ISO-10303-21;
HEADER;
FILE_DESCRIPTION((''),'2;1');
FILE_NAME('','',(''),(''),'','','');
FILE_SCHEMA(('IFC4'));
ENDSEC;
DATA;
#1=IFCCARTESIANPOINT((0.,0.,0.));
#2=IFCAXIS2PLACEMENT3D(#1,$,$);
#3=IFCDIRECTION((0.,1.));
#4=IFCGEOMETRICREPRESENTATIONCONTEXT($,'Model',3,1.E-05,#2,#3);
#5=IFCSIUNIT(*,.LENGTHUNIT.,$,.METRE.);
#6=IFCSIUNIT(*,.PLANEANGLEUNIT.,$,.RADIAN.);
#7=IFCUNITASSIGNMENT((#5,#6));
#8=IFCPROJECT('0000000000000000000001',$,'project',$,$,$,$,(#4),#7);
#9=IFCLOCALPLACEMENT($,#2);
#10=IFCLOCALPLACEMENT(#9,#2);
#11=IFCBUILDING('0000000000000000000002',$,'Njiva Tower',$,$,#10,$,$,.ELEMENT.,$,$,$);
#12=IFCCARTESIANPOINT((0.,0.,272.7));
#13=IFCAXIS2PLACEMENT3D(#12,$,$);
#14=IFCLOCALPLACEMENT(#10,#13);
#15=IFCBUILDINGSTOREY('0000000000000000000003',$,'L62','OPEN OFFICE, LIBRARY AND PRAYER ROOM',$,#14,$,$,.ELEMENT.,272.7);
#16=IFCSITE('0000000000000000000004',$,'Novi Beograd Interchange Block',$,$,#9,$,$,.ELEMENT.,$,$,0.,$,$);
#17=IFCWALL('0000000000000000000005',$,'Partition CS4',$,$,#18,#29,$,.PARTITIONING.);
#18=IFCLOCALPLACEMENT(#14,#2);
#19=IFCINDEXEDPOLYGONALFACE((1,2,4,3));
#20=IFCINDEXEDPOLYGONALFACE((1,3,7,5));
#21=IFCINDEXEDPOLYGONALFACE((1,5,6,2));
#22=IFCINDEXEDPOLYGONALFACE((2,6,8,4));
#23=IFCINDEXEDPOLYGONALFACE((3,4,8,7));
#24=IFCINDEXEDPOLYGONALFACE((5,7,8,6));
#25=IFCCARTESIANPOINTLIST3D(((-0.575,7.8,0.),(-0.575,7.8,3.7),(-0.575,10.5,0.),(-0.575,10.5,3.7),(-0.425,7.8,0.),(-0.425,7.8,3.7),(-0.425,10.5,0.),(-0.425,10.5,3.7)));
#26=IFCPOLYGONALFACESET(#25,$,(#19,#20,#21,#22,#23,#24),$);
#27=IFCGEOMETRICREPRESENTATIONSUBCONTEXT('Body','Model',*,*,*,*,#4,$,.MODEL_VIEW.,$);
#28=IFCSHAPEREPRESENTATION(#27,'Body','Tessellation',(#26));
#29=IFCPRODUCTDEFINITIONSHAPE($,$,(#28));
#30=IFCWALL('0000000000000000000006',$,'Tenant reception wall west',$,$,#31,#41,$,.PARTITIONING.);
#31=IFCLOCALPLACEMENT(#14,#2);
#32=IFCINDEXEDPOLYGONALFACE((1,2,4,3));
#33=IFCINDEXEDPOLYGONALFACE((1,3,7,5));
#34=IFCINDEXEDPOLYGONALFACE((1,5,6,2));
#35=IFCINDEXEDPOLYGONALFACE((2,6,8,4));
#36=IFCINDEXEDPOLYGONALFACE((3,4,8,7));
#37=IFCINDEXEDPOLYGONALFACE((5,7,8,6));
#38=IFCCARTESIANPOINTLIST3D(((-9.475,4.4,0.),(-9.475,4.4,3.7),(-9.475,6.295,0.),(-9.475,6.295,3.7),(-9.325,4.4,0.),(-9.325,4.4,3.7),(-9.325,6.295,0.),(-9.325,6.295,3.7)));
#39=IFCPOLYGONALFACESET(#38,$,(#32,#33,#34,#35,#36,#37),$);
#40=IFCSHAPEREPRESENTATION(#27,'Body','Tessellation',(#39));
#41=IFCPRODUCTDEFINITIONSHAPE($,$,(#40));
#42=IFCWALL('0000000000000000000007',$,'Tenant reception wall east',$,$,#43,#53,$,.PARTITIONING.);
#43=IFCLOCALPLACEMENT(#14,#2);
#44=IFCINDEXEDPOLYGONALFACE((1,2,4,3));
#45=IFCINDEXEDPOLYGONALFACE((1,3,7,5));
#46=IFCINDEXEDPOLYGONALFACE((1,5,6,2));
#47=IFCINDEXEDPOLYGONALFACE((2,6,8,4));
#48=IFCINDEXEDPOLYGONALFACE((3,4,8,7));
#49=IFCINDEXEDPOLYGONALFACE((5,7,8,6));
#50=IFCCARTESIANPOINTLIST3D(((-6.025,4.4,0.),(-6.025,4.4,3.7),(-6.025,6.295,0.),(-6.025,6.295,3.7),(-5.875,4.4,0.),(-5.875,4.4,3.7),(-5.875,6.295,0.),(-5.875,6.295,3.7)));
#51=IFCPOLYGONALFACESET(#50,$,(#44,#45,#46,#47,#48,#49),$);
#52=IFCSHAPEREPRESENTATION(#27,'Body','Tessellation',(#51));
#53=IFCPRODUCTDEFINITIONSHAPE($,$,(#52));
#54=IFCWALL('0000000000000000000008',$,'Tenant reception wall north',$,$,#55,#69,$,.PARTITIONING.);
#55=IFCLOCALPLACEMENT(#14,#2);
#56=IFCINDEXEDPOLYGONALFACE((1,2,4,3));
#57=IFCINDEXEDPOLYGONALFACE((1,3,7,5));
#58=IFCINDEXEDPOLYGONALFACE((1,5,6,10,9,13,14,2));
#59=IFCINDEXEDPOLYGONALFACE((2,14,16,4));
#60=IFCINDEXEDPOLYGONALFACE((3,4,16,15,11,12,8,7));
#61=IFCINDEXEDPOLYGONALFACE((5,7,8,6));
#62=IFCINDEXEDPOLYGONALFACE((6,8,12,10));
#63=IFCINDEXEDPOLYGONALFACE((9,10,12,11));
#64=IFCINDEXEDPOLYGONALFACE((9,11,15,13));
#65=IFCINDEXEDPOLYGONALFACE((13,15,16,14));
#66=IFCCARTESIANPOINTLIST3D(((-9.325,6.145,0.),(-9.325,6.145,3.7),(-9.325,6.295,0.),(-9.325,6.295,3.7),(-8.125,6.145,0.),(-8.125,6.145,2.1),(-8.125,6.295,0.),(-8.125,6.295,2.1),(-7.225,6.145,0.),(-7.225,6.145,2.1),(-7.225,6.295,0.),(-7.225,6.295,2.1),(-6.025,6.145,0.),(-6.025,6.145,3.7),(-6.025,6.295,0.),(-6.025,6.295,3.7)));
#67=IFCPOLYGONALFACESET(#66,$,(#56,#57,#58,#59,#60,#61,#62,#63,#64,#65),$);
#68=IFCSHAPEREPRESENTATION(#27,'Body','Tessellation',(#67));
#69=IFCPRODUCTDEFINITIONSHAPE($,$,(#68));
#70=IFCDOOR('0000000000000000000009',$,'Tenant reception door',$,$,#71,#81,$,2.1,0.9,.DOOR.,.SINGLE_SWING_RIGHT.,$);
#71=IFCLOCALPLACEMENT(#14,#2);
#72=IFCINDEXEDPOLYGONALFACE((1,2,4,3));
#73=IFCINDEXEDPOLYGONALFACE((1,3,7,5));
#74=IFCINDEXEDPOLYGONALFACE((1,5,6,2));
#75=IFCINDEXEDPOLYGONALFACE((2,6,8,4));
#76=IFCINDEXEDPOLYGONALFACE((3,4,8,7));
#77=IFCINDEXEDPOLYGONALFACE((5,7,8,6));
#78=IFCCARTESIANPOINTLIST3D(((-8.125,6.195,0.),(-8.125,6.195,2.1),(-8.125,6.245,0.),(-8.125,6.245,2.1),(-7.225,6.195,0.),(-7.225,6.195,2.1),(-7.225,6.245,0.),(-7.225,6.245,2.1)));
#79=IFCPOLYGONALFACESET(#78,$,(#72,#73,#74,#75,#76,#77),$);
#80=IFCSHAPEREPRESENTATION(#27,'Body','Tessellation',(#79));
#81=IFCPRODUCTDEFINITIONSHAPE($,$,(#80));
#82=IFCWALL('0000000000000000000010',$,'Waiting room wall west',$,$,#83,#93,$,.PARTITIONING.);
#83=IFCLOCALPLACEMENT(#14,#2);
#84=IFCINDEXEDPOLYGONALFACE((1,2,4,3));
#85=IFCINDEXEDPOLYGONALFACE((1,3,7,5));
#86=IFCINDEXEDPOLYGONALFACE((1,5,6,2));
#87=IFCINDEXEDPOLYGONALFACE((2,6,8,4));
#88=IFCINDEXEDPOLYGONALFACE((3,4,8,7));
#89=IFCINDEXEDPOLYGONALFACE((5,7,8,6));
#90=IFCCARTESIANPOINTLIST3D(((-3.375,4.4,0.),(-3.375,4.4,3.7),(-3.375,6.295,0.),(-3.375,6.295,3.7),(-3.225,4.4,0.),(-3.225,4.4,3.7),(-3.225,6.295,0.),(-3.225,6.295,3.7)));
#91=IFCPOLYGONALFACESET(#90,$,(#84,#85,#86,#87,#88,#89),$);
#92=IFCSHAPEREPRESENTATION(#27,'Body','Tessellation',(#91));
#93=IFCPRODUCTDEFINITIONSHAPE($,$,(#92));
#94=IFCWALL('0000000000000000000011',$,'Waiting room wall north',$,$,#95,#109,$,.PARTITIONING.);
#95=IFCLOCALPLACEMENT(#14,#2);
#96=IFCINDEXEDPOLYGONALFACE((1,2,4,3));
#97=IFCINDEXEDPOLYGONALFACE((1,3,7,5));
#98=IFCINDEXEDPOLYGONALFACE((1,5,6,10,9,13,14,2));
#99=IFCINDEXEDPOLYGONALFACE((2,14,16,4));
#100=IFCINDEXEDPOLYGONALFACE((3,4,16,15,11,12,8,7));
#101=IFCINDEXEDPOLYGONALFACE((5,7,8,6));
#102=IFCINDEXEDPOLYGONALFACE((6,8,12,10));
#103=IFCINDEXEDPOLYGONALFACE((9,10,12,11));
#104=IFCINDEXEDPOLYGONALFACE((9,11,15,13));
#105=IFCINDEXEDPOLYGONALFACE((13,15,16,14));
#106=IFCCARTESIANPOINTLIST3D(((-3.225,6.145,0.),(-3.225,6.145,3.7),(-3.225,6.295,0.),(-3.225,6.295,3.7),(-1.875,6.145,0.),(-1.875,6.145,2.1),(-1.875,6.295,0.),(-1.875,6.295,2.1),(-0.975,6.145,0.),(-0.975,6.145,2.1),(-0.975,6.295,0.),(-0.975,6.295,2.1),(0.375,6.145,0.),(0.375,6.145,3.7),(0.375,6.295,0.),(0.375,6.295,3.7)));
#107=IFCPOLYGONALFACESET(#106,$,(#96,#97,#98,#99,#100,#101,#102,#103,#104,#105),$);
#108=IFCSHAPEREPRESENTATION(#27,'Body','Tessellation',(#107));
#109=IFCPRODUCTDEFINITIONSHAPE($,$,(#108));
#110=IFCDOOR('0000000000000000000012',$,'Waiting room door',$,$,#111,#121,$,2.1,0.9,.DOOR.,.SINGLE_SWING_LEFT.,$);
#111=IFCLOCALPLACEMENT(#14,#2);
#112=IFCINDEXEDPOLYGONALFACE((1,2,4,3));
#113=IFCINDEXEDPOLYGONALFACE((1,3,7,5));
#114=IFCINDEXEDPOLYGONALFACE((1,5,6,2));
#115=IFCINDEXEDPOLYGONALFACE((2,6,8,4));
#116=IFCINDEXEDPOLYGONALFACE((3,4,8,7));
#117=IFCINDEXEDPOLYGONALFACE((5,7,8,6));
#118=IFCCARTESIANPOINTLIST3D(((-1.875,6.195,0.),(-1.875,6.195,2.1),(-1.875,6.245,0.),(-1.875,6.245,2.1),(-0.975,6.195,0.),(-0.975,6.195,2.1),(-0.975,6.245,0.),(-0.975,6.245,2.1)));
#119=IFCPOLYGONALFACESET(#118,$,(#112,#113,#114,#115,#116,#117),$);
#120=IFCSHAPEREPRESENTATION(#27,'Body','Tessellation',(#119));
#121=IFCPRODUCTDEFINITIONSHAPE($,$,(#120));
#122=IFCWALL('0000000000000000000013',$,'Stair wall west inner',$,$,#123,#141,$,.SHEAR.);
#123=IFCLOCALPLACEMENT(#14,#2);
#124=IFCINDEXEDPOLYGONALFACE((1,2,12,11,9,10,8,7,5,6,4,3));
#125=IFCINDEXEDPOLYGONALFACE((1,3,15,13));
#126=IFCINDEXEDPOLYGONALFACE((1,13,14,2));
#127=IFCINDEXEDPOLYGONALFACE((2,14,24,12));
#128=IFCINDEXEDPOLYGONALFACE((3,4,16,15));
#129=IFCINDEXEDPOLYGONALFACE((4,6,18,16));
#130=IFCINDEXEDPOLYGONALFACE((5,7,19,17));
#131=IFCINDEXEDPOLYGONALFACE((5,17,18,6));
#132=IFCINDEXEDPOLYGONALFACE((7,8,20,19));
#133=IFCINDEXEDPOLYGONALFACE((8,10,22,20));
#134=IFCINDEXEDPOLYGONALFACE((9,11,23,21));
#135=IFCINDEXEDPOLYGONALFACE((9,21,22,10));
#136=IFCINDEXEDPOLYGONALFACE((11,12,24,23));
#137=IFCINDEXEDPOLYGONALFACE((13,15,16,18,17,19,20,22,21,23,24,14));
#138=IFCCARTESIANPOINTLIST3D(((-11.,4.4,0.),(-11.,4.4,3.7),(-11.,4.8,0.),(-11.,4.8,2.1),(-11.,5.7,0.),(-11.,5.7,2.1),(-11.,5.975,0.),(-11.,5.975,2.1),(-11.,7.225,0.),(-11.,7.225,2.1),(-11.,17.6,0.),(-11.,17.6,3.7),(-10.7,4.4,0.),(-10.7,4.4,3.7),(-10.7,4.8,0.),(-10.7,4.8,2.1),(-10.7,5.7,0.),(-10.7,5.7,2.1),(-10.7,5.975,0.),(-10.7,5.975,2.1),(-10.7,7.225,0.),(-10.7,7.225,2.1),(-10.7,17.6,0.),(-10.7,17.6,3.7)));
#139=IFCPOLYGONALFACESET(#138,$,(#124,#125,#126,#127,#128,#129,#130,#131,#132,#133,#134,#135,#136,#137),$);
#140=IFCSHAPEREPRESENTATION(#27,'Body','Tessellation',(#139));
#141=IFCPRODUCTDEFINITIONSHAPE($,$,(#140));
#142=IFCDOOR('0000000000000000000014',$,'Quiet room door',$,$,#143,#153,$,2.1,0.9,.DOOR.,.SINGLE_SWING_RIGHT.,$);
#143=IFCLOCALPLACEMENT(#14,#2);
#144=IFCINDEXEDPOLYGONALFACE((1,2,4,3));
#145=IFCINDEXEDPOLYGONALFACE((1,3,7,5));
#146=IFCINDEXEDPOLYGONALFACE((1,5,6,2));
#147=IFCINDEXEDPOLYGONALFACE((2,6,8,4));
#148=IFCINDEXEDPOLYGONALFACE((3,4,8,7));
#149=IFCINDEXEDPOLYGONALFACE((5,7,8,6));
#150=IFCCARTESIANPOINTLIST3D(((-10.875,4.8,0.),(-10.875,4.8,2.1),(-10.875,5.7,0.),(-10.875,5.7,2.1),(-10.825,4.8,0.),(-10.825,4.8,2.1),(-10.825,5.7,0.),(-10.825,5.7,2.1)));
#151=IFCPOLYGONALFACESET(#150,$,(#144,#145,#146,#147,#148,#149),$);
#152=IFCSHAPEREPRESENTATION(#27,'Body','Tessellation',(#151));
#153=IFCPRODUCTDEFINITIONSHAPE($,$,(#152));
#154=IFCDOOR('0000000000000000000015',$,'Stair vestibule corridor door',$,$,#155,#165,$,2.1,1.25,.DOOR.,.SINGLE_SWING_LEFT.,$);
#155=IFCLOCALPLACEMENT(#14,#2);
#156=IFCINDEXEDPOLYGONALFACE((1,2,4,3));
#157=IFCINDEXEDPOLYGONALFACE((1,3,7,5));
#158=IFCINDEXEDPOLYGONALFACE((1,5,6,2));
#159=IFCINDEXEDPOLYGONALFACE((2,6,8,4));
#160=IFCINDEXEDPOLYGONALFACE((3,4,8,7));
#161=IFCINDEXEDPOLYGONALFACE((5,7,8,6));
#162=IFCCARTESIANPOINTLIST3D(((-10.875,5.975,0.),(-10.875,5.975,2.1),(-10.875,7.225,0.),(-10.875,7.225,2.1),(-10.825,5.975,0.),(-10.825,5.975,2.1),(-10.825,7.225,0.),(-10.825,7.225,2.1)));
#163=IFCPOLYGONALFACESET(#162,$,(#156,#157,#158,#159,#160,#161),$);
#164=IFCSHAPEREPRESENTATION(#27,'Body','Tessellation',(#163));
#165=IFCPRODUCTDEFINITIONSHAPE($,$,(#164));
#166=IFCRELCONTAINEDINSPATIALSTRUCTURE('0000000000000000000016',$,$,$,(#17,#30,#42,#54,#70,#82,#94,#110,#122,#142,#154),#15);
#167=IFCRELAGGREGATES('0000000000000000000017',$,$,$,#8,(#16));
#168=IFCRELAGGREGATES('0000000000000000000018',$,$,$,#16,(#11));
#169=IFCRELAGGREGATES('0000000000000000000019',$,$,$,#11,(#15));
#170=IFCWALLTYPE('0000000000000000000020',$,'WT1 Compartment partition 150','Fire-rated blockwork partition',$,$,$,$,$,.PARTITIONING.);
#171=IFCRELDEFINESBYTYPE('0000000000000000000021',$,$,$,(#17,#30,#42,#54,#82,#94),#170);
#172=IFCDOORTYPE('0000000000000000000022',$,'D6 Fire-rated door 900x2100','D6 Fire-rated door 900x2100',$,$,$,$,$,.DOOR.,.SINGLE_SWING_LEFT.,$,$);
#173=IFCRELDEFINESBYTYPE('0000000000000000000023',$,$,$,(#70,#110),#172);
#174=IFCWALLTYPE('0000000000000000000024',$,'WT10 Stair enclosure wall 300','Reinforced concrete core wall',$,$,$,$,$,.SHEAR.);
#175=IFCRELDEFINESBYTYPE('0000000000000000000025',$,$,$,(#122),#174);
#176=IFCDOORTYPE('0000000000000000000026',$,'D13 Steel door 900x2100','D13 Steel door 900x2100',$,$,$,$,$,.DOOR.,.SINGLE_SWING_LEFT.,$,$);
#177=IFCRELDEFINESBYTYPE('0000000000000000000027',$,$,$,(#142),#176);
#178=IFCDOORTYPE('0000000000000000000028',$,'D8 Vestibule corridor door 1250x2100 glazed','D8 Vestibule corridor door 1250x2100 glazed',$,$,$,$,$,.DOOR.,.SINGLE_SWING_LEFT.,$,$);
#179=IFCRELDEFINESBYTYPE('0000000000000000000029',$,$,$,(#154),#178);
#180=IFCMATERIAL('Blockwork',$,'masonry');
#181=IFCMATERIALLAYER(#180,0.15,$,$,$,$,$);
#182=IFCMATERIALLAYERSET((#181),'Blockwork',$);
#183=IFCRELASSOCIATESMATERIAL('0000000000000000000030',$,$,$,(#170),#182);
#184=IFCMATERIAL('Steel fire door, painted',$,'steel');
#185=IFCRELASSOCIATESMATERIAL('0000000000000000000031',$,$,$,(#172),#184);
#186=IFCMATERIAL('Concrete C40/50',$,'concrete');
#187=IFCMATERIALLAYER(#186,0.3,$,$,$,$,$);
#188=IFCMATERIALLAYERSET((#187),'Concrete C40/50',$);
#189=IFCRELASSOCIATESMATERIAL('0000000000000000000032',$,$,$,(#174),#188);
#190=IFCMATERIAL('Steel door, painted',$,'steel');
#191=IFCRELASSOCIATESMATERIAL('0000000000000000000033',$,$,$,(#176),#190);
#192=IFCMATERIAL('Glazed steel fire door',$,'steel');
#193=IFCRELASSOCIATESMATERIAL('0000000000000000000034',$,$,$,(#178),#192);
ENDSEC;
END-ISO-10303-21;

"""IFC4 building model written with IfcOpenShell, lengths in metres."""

from ifc_helpers import new_model, si_unit, direction, frame, frame_2d, origin, place, context, subcontext, project, spatial, rectangle, extrude, material, layer, layer_set, type_object, element, fill, save


model = new_model("IFC4")

# Units and contexts
model_context = context("Model", 3, precision=1e-05, world=origin(), true_north=direction((0.0, 1.0)))
body_context = subcontext(model_context, "Body", "Model", "MODEL_VIEW")
ifc_project = project(units=[si_unit("LENGTHUNIT", "METRE"), si_unit("PLANEANGLEUNIT", "RADIAN")], contexts=[model_context])

# Site, building, storey
site_placement = place(None, origin())
site = spatial("IfcSite", under=ifc_project, at=site_placement, Name="Novi Beograd Interchange Block", CompositionType="ELEMENT", RefElevation=0.0)
building_placement = place(site_placement, origin())
building = spatial("IfcBuilding", under=site, at=building_placement, Name="Njiva Tower", CompositionType="ELEMENT")
storey_placement = place(building_placement, frame((0.0, 0.0, 272.7)))
storey = spatial("IfcBuildingStorey", under=building, at=storey_placement, Name="L62", Description="OPEN OFFICE, LIBRARY AND PRAYER ROOM", CompositionType="ELEMENT", Elevation=272.7)

# Walls
ifc_material_1 = material(Name="Blockwork", Category="masonry")
ifc_layer_1 = layer(ifc_material_1, 0.15)
ifc_layer_set_1 = layer_set([ifc_layer_1], Name="Blockwork")
wall_type_1 = type_object("IfcWallType", Name="WT1 Compartment partition 150", Description="Fire-rated blockwork partition", PredefinedType="PARTITIONING", material=ifc_layer_set_1)
wall_1_placement = place(storey_placement, frame((-0.5, 7.8, 0.0), z_axis=(0.0, 0.0, 1.0), x_axis=(0.0, 1.0, 0.0)))
element("IfcWall", 1, at=wall_1_placement, inside=storey, type_object=wall_type_1, Name="Partition CS4", PredefinedType="PARTITIONING", context=body_context, shape_type="SweptSolid", body=[
    extrude(rectangle(XDim=2.7, YDim=0.15, at=frame_2d((1.35, 0.0))), origin(), (0.0, 0.0, 1.0), 3.7),
])
for number, where, z_axis, x_axis, name in (
    (2, (-9.4, 4.4, 0.0), (0.0, 0.0, 1.0), (0.0, 1.0, 0.0), "Tenant reception wall west"),
    (3, (-5.95, 4.4, 0.0), (0.0, 0.0, 1.0), (0.0, 1.0, 0.0), "Tenant reception wall east"),
):
    element("IfcWall", number, at=place(storey_placement, frame(where, z_axis=z_axis, x_axis=x_axis)), inside=storey, type_object=wall_type_1, Name=name, PredefinedType="PARTITIONING", context=body_context, shape_type="SweptSolid", body=[
        extrude(rectangle(XDim=1.895, YDim=0.15, at=frame_2d((0.9475, 0.0))), origin(), (0.0, 0.0, 1.0), 3.7),
    ])

# Wall, opening, door
wall_2_placement = place(storey_placement, frame((-9.325, 6.22, 0.0), z_axis=(0.0, 0.0, 1.0), x_axis=(1.0, 0.0, 0.0)))
wall_2 = element("IfcWall", 4, at=wall_2_placement, inside=storey, type_object=wall_type_1, Name="Tenant reception wall north", PredefinedType="PARTITIONING", context=body_context, shape_type="SweptSolid", body=[
    extrude(rectangle(XDim=3.3, YDim=0.15, at=frame_2d((1.65, 0.0))), origin(), (0.0, 0.0, 1.0), 3.7),
])
opening_1_placement = place(wall_2_placement, frame((1.2, 0.0, 0.0)))
opening_1 = element("IfcOpeningElement", 5, at=opening_1_placement, cuts=wall_2, PredefinedType="OPENING", context=body_context, shape_type="SweptSolid", body=[
    extrude(rectangle(XDim=0.9, YDim=2.1, at=frame_2d((0.45, 1.05))), frame((0.0, 0.085, 0.0), z_axis=(0.0, -1.0, 0.0), x_axis=(1.0, 0.0, 0.0)), (0.0, 0.0, 1.0), 0.17),
])
ifc_material_2 = material(Name="Steel fire door, painted", Category="steel")
door_type_1 = type_object("IfcDoorType", Name="D6 Fire-rated door 900x2100", Description="D6 Fire-rated door 900x2100", OperationType="SINGLE_SWING_LEFT", PredefinedType="DOOR", material=ifc_material_2)
door_1_placement = place(opening_1_placement, origin())
door_1 = element("IfcDoor", 6, at=door_1_placement, inside=storey, type_object=door_type_1, Name="Tenant reception door", OperationType="SINGLE_SWING_RIGHT", OverallHeight=2.1, OverallWidth=0.9, PredefinedType="DOOR", context=body_context, shape_type="SweptSolid", body=[
    extrude(rectangle(XDim=0.9, YDim=2.1, at=frame_2d((0.45, 1.05))), frame((0.0, 0.025, 0.0), z_axis=(0.0, -1.0, 0.0), x_axis=(1.0, 0.0, 0.0)), (0.0, 0.0, 1.0), 0.05),
])
fill(opening_1, door_1)

# Wall
wall_3_placement = place(storey_placement, frame((-3.3, 4.4, 0.0), z_axis=(0.0, 0.0, 1.0), x_axis=(0.0, 1.0, 0.0)))
element("IfcWall", 7, at=wall_3_placement, inside=storey, type_object=wall_type_1, Name="Waiting room wall west", PredefinedType="PARTITIONING", context=body_context, shape_type="SweptSolid", body=[
    extrude(rectangle(XDim=1.895, YDim=0.15, at=frame_2d((0.9475, 0.0))), origin(), (0.0, 0.0, 1.0), 3.7),
])

# Wall, opening, door
wall_4_placement = place(storey_placement, frame((-3.225, 6.22, 0.0), z_axis=(0.0, 0.0, 1.0), x_axis=(1.0, 0.0, 0.0)))
wall_4 = element("IfcWall", 8, at=wall_4_placement, inside=storey, type_object=wall_type_1, Name="Waiting room wall north", PredefinedType="PARTITIONING", context=body_context, shape_type="SweptSolid", body=[
    extrude(rectangle(XDim=3.6, YDim=0.15, at=frame_2d((1.8, 0.0))), origin(), (0.0, 0.0, 1.0), 3.7),
])
opening_2_placement = place(wall_4_placement, frame((1.35, 0.0, 0.0)))
opening_2 = element("IfcOpeningElement", 9, at=opening_2_placement, cuts=wall_4, PredefinedType="OPENING", context=body_context, shape_type="SweptSolid", body=[
    extrude(rectangle(XDim=0.9, YDim=2.1, at=frame_2d((0.45, 1.05))), frame((0.0, 0.085, 0.0), z_axis=(0.0, -1.0, 0.0), x_axis=(1.0, 0.0, 0.0)), (0.0, 0.0, 1.0), 0.17),
])
door_2_placement = place(opening_2_placement, origin())
door_2 = element("IfcDoor", 10, at=door_2_placement, inside=storey, type_object=door_type_1, Name="Waiting room door", OperationType="SINGLE_SWING_LEFT", OverallHeight=2.1, OverallWidth=0.9, PredefinedType="DOOR", context=body_context, shape_type="SweptSolid", body=[
    extrude(rectangle(XDim=0.9, YDim=2.1, at=frame_2d((0.45, 1.05))), frame((0.0, 0.025, 0.0), z_axis=(0.0, -1.0, 0.0), x_axis=(1.0, 0.0, 0.0)), (0.0, 0.0, 1.0), 0.05),
])
fill(opening_2, door_2)

# Wall, openings, doors
ifc_material_3 = material(Name="Concrete C40/50", Category="concrete")
ifc_layer_2 = layer(ifc_material_3, 0.3)
ifc_layer_set_2 = layer_set([ifc_layer_2], Name="Concrete C40/50")
wall_type_2 = type_object("IfcWallType", Name="WT10 Stair enclosure wall 300", Description="Reinforced concrete core wall", PredefinedType="SHEAR", material=ifc_layer_set_2)
wall_5_placement = place(storey_placement, frame((-10.85, 4.4, 0.0), z_axis=(0.0, 0.0, 1.0), x_axis=(0.0, 1.0, 0.0)))
wall_5 = element("IfcWall", 11, at=wall_5_placement, inside=storey, type_object=wall_type_2, Name="Stair wall west inner", PredefinedType="SHEAR", context=body_context, shape_type="SweptSolid", body=[
    extrude(rectangle(XDim=13.2, YDim=0.3, at=frame_2d((6.6, 0.0))), origin(), (0.0, 0.0, 1.0), 3.7),
])
opening_3_placement = place(wall_5_placement, frame((1.575, 0.0, 0.0)))
opening_3 = element("IfcOpeningElement", 12, at=opening_3_placement, cuts=wall_5, PredefinedType="OPENING", context=body_context, shape_type="SweptSolid", body=[
    extrude(rectangle(XDim=1.25, YDim=2.1, at=frame_2d((0.625, 1.05))), frame((0.0, 0.16, 0.0), z_axis=(0.0, -1.0, 0.0), x_axis=(1.0, 0.0, 0.0)), (0.0, 0.0, 1.0), 0.32),
])
opening_4_placement = place(wall_5_placement, frame((0.4, 0.0, 0.0)))
opening_4 = element("IfcOpeningElement", 13, at=opening_4_placement, cuts=wall_5, PredefinedType="OPENING", context=body_context, shape_type="SweptSolid", body=[
    extrude(rectangle(XDim=0.9, YDim=2.1, at=frame_2d((0.45, 1.05))), frame((0.0, 0.16, 0.0), z_axis=(0.0, -1.0, 0.0), x_axis=(1.0, 0.0, 0.0)), (0.0, 0.0, 1.0), 0.32),
])
ifc_material_4 = material(Name="Steel door, painted", Category="steel")
door_type_2 = type_object("IfcDoorType", Name="D13 Steel door 900x2100", Description="D13 Steel door 900x2100", OperationType="SINGLE_SWING_LEFT", PredefinedType="DOOR", material=ifc_material_4)
door_3_placement = place(opening_4_placement, origin())
door_3 = element("IfcDoor", 14, at=door_3_placement, inside=storey, type_object=door_type_2, Name="Quiet room door", OperationType="SINGLE_SWING_RIGHT", OverallHeight=2.1, OverallWidth=0.9, PredefinedType="DOOR", context=body_context, shape_type="SweptSolid", body=[
    extrude(rectangle(XDim=0.9, YDim=2.1, at=frame_2d((0.45, 1.05))), frame((0.0, 0.025, 0.0), z_axis=(0.0, -1.0, 0.0), x_axis=(1.0, 0.0, 0.0)), (0.0, 0.0, 1.0), 0.05),
])
fill(opening_4, door_3)
ifc_material_5 = material(Name="Glazed steel fire door", Category="steel")
door_type_3 = type_object("IfcDoorType", Name="D8 Vestibule corridor door 1250x2100 glazed", Description="D8 Vestibule corridor door 1250x2100 glazed", OperationType="SINGLE_SWING_LEFT", PredefinedType="DOOR", material=ifc_material_5)
door_4_placement = place(opening_3_placement, origin())
door_4 = element("IfcDoor", 15, at=door_4_placement, inside=storey, type_object=door_type_3, Name="Stair vestibule corridor door", OperationType="SINGLE_SWING_LEFT", OverallHeight=2.1, OverallWidth=1.25, PredefinedType="DOOR", context=body_context, shape_type="SweptSolid", body=[
    extrude(rectangle(XDim=1.25, YDim=2.1, at=frame_2d((0.625, 1.05))), frame((0.0, 0.025, 0.0), z_axis=(0.0, -1.0, 0.0), x_axis=(1.0, 0.0, 0.0)), (0.0, 0.0, 1.0), 0.05),
])
fill(opening_3, door_4)

save(model, "model.ifc")
